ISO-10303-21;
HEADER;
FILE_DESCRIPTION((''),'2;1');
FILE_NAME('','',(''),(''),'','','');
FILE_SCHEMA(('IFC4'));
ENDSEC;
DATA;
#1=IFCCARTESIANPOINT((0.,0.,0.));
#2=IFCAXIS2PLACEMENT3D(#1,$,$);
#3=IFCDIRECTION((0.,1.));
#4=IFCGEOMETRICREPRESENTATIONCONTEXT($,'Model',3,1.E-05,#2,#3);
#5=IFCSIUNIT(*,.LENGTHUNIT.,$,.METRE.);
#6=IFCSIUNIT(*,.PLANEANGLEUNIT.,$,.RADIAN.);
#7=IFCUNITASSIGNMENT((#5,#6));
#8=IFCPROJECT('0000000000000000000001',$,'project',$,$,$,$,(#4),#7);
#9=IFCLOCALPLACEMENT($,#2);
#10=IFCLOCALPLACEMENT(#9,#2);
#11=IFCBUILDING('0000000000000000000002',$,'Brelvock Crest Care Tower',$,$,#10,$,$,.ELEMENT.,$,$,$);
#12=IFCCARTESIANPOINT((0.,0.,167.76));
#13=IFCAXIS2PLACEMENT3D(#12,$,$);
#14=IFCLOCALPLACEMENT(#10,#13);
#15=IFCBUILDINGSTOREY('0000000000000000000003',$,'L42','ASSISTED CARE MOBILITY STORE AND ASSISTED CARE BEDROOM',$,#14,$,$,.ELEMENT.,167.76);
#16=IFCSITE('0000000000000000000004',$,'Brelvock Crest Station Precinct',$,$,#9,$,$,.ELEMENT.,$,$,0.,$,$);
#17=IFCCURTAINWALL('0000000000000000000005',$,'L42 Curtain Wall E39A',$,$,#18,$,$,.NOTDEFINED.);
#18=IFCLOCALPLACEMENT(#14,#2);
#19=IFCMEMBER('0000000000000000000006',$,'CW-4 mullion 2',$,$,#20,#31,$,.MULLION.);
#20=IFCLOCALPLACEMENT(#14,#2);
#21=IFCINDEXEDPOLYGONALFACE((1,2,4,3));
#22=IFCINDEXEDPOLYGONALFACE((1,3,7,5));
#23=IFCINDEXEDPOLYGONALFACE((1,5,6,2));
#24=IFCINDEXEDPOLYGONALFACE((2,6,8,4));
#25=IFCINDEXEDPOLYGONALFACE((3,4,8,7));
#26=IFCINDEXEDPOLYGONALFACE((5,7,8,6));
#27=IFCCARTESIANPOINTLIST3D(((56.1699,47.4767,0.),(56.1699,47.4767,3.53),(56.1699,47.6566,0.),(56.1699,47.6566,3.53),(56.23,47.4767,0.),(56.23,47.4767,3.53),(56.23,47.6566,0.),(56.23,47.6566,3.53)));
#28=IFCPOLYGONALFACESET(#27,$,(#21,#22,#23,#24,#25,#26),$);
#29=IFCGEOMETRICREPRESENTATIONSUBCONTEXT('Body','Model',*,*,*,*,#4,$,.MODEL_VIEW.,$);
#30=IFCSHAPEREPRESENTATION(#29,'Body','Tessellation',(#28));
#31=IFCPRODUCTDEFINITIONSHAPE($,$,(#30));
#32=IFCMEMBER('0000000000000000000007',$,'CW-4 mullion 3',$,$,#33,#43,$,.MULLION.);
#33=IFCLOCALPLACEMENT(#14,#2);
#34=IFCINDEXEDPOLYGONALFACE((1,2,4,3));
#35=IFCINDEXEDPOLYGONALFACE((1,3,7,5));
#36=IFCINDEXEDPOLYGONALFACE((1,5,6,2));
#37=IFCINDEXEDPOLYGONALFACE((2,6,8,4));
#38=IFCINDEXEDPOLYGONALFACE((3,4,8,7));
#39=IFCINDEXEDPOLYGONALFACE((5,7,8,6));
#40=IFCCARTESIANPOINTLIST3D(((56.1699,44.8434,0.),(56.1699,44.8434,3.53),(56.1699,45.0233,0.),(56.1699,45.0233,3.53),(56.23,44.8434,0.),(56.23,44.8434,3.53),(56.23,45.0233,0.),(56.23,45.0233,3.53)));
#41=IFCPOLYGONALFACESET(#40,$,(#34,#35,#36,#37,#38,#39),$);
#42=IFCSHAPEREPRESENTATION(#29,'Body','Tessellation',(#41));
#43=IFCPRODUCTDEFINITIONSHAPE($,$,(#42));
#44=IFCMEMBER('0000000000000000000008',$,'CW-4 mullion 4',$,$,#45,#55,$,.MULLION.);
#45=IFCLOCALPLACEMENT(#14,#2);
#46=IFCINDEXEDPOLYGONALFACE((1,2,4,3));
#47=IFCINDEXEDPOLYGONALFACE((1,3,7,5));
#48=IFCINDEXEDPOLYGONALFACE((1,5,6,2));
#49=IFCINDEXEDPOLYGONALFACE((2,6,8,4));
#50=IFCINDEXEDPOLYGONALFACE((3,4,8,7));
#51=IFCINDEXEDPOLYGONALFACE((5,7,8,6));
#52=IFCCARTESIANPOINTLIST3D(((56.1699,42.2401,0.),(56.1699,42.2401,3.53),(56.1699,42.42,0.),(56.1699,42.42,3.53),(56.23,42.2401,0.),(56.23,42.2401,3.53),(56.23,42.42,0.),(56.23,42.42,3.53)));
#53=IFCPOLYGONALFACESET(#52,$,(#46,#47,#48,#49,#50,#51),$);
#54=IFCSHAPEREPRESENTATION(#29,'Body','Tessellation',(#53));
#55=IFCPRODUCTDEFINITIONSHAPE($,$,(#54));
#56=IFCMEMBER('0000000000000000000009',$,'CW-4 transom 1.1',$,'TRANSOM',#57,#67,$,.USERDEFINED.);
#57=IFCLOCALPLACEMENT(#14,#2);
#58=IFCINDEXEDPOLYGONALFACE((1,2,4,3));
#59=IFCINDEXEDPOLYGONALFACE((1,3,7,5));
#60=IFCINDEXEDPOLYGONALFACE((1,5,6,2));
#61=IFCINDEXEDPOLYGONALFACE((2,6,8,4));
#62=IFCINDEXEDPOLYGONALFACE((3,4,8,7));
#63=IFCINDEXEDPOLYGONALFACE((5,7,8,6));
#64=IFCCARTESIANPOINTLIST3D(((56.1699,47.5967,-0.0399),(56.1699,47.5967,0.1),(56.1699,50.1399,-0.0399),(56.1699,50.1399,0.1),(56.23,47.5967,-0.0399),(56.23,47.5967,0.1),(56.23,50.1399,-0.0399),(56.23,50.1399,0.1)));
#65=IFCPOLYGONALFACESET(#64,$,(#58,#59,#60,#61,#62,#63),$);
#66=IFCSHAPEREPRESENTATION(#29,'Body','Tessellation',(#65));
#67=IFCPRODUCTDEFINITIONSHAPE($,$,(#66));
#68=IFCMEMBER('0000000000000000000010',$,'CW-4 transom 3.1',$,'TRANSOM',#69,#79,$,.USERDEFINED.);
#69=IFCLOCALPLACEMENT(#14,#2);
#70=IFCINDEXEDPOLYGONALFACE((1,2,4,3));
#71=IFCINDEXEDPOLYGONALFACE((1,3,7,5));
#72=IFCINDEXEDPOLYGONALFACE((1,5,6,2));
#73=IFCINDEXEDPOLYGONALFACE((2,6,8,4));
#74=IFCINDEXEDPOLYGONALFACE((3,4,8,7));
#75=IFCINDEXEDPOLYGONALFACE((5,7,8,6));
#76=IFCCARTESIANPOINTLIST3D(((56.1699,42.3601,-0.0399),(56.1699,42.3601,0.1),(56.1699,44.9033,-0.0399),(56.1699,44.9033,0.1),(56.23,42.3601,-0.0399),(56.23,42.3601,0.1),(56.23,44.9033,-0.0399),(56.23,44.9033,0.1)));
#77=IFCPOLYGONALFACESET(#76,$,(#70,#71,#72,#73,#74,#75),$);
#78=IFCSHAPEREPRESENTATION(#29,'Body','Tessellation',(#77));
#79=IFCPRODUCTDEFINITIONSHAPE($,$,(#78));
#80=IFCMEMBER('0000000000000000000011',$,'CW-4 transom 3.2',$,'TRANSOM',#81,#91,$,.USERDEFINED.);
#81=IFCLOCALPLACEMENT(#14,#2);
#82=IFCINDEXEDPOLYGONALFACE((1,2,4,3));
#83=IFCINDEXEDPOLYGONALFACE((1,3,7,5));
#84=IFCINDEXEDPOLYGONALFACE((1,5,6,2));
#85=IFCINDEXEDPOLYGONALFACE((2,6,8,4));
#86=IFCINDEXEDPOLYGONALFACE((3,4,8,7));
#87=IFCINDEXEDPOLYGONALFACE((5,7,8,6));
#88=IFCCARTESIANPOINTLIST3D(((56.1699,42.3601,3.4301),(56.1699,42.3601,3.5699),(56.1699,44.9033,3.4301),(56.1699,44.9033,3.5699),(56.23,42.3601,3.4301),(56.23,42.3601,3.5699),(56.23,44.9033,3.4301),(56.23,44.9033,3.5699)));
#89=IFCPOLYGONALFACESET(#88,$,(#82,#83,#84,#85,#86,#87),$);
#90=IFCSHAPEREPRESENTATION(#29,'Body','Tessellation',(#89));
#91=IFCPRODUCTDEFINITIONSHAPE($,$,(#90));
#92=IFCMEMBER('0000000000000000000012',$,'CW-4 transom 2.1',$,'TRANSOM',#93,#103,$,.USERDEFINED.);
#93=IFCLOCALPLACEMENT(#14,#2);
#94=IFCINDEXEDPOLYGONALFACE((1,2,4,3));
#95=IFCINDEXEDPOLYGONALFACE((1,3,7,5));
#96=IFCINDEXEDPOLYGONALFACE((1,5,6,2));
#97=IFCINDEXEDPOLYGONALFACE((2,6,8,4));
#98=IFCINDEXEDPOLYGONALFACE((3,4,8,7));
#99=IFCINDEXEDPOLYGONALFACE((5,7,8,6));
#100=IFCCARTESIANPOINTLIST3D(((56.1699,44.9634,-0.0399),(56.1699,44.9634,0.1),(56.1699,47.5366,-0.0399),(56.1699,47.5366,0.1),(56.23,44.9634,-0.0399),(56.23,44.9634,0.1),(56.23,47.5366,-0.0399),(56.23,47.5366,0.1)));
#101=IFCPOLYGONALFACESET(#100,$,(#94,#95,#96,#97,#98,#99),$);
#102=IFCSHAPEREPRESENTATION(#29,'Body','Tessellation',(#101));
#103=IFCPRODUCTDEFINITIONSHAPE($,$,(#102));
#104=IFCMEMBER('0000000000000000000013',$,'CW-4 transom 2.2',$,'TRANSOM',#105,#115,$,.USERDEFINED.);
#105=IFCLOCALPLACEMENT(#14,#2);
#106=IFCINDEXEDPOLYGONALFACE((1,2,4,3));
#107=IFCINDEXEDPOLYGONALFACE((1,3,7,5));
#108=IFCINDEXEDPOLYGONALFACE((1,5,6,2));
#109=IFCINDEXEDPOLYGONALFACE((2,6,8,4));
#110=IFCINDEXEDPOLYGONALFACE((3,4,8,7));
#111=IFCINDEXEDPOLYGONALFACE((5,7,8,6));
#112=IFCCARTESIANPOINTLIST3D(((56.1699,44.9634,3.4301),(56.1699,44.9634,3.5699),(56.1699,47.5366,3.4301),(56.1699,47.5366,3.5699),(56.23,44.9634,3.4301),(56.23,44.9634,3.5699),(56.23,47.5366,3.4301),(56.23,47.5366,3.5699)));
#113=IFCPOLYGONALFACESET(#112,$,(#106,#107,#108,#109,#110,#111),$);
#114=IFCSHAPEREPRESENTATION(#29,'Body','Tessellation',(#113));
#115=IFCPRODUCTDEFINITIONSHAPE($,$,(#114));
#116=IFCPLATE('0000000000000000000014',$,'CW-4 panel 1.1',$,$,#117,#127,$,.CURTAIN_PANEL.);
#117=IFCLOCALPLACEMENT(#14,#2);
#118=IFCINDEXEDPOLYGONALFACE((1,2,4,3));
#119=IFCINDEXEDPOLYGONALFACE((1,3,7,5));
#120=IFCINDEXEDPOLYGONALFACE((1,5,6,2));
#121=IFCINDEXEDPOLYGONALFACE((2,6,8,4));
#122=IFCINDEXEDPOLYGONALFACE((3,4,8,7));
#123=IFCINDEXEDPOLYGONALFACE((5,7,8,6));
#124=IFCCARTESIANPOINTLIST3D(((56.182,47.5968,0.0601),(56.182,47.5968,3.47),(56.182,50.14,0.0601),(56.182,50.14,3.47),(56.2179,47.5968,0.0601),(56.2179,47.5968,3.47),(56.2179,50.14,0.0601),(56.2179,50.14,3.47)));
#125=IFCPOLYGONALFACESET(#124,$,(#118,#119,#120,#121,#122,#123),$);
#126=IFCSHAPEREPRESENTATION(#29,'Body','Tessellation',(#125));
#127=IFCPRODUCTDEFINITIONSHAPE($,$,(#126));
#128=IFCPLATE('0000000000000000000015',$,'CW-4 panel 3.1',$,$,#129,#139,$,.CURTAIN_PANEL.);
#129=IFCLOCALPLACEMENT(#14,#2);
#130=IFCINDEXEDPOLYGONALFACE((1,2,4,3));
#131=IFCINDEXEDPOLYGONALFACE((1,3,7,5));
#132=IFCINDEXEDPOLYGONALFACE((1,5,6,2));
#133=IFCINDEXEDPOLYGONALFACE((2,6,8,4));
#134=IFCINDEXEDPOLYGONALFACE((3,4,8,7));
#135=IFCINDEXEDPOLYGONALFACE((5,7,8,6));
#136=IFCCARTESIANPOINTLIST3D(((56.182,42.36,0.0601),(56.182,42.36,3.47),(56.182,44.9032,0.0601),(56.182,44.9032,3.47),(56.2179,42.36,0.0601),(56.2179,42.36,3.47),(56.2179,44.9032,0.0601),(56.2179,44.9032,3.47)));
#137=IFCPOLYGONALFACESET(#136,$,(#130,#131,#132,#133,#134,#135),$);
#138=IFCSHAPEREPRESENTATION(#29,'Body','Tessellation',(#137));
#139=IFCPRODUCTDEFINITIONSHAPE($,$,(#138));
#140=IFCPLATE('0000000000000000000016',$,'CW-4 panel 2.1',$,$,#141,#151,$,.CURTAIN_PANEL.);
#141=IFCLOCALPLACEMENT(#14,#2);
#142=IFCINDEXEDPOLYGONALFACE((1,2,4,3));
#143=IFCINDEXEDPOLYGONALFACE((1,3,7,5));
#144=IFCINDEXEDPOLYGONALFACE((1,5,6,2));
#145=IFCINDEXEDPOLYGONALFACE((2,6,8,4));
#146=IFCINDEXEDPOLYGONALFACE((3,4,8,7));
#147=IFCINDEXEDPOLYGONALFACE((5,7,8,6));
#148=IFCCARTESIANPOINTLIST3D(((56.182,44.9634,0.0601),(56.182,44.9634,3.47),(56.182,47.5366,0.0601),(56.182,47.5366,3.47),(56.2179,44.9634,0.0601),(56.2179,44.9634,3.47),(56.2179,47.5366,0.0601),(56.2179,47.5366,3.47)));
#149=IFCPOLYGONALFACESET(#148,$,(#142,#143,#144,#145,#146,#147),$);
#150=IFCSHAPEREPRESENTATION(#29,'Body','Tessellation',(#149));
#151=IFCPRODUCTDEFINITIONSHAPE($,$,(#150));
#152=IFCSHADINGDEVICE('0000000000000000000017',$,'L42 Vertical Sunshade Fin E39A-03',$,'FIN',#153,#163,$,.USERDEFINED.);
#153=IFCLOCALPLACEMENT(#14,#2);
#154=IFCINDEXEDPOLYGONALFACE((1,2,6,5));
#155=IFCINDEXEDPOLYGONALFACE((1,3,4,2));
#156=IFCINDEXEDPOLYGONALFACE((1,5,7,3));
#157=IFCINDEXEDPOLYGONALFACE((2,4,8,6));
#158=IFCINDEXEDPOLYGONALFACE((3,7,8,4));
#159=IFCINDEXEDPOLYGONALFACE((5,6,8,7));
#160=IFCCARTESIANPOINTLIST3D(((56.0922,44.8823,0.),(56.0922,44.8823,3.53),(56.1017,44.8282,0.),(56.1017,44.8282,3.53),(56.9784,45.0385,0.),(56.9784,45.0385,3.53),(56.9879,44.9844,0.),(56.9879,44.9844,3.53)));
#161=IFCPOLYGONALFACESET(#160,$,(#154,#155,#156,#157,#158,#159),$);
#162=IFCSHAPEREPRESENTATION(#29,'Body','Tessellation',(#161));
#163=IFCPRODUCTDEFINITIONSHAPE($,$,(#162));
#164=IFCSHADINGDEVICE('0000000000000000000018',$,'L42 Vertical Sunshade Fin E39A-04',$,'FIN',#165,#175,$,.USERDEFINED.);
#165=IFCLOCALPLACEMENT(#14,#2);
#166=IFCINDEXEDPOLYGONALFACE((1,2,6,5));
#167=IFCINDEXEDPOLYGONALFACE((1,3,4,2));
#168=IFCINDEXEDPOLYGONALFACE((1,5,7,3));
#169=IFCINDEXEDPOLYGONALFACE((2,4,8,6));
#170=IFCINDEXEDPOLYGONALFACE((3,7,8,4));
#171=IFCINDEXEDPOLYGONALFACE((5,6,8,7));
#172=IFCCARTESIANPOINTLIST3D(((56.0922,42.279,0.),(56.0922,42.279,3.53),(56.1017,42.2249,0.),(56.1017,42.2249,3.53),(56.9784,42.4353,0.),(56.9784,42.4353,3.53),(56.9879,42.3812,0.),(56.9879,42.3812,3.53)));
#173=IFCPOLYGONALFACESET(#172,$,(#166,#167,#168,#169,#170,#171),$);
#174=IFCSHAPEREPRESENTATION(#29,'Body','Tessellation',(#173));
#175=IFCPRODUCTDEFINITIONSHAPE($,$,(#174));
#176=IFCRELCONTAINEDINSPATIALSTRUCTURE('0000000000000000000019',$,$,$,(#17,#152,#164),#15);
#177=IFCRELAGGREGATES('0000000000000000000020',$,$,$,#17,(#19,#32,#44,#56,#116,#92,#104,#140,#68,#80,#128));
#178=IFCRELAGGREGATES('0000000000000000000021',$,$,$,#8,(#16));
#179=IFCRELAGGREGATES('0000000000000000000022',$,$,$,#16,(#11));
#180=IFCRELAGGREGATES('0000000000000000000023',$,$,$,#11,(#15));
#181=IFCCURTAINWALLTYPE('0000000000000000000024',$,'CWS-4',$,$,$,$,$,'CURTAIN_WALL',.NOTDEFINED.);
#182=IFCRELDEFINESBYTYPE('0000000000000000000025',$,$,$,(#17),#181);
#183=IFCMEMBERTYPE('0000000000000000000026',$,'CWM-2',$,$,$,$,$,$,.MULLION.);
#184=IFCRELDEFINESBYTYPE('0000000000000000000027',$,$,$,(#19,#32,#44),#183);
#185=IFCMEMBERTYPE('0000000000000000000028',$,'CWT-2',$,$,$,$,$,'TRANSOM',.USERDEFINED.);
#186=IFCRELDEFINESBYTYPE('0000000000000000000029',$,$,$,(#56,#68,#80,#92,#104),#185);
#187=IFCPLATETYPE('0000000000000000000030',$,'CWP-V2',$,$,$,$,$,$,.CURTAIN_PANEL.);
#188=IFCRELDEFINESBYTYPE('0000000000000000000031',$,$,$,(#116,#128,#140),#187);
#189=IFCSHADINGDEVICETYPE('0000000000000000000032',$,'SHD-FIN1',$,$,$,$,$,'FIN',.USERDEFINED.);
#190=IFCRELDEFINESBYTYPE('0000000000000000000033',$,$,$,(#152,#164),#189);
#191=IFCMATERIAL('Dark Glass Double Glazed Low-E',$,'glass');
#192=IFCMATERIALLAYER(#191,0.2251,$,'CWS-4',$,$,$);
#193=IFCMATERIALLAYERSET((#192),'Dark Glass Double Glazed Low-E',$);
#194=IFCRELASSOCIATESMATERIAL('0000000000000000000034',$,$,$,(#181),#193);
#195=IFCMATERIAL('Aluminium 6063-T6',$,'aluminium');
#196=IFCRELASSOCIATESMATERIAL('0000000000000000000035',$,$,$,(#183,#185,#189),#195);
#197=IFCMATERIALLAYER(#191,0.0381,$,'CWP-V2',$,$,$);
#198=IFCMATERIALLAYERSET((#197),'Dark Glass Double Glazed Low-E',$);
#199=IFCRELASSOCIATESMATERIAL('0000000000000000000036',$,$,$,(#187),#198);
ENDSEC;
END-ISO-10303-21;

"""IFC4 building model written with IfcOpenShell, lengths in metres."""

from ifc_helpers import new_model, si_unit, direction, frame, origin, origin_2d, place, context, subcontext, project, spatial, rectangle, extrude, source, transform, mapped, material, layer, layer_set, material_profile, profile_set, type_object, element, aggregate, save


model = new_model("IFC4")

# Units and contexts
model_context = context("Model", 3, precision=1e-05, world=origin(), true_north=direction((0.0, 1.0)))
body_context = subcontext(model_context, "Body", "Model", "MODEL_VIEW")
ifc_project = project(units=[si_unit("LENGTHUNIT", "METRE"), si_unit("PLANEANGLEUNIT", "RADIAN")], contexts=[model_context])

# Site, building, storey
site_placement = place(None, origin())
site = spatial("IfcSite", under=ifc_project, at=site_placement, Name="Brelvock Crest Station Precinct", CompositionType="ELEMENT", RefElevation=0.0)
building_placement = place(site_placement, origin())
building = spatial("IfcBuilding", under=site, at=building_placement, Name="Brelvock Crest Care Tower", CompositionType="ELEMENT")
storey_placement = place(building_placement, frame((0.0, 0.0, 167.76)))
storey = spatial("IfcBuildingStorey", under=building, at=storey_placement, Name="L42", Description="ASSISTED CARE MOBILITY STORE AND ASSISTED CARE BEDROOM", CompositionType="ELEMENT", Elevation=167.76)

# Curtain wall, members, plates
ifc_material_1 = material(Name="Dark Glass Double Glazed Low-E", Category="glass")
ifc_layer_1 = layer(ifc_material_1, 0.2251, Name="CWS-4")
ifc_layer_set_1 = layer_set([ifc_layer_1], Name="Dark Glass Double Glazed Low-E")
curtain_wall_type = type_object("IfcCurtainWallType", Name="CWS-4", ElementType="CURTAIN_WALL", PredefinedType="NOTDEFINED", material=ifc_layer_set_1)
curtain_wall_placement = place(storey_placement, origin())
curtain_wall = element("IfcCurtainWall", 1, at=curtain_wall_placement, inside=storey, type_object=curtain_wall_type, Name="L42 Curtain Wall E39A", PredefinedType="NOTDEFINED")
ifc_material_2 = material(Name="Aluminium 6063-T6", Category="aluminium")
ifc_material_profile_1 = material_profile(ifc_material_2, rectangle(XDim=0.0601, YDim=0.1799, at=origin_2d()), Name="ALU60x180")
ifc_profile_set_1 = profile_set([ifc_material_profile_1], Name="Aluminium 6063-T6")
member_type_1 = type_object("IfcMemberType", Name="CWM-2", PredefinedType="MULLION", material=ifc_profile_set_1)
shared_shape_1 = source(origin(), body_context, "Body", "SweptSolid", [
    extrude(rectangle(XDim=0.0601, YDim=0.1799, at=origin_2d()), origin(), (0.0, 0.0, 1.0), 3.53),
])
member_1_placement = place(storey_placement, frame((56.2, 47.5667, 0.0), z_axis=(0.0, 0.0, 1.0), x_axis=(1.0, 0.0, 0.0)))
member_1 = element("IfcMember", 2, at=member_1_placement, type_object=member_type_1, Name="CW-4 mullion 2", PredefinedType="MULLION", context=body_context, shape_type="MappedRepresentation", body=[
    mapped(shared_shape_1, transform((0.0, 0.0, 0.0), x_axis=(1.0, 0.0, 0.0), y_axis=(0.0, 1.0, 0.0), z_axis=(0.0, 0.0, 1.0), scale=1.0)),
])
member_2_placement = place(storey_placement, frame((56.2, 44.9333, 0.0), z_axis=(0.0, 0.0, 1.0), x_axis=(1.0, 0.0, 0.0)))
member_2 = element("IfcMember", 3, at=member_2_placement, type_object=member_type_1, Name="CW-4 mullion 3", PredefinedType="MULLION", context=body_context, shape_type="MappedRepresentation", body=[
    mapped(shared_shape_1, transform((0.0, 0.0, 0.0), x_axis=(1.0, 0.0, 0.0), y_axis=(0.0, 1.0, 0.0), z_axis=(0.0, 0.0, 1.0), scale=1.0)),
])
member_3_placement = place(storey_placement, frame((56.2, 42.3301, 0.0), z_axis=(0.0, 0.0, 1.0), x_axis=(1.0, 0.0, 0.0)))
member_3 = element("IfcMember", 4, at=member_3_placement, type_object=member_type_1, Name="CW-4 mullion 4", PredefinedType="MULLION", context=body_context, shape_type="MappedRepresentation", body=[
    mapped(shared_shape_1, transform((0.0, 0.0, 0.0), x_axis=(1.0, 0.0, 0.0), y_axis=(0.0, 1.0, 0.0), z_axis=(0.0, 0.0, 1.0), scale=1.0)),
])
ifc_material_profile_2 = material_profile(ifc_material_2, rectangle(XDim=0.0601, YDim=0.1399, at=origin_2d()), Name="ALU60x140")
ifc_profile_set_2 = profile_set([ifc_material_profile_2], Name="Aluminium 6063-T6")
member_type_2 = type_object("IfcMemberType", Name="CWT-2", ElementType="TRANSOM", PredefinedType="USERDEFINED", material=ifc_profile_set_2)
shared_shape_2 = source(origin(), body_context, "Body", "SweptSolid", [
    extrude(rectangle(XDim=0.0601, YDim=0.1399, at=origin_2d()), origin(), (0.0, 0.0, 1.0), 2.5432),
])
member_4_placement = place(storey_placement, frame((56.2, 50.1399, 0.03), z_axis=(0.0, -1.0, 0.0), x_axis=(1.0, 0.0, 0.0)))
member_4 = element("IfcMember", 5, at=member_4_placement, type_object=member_type_2, Name="CW-4 transom 1.1", ObjectType="TRANSOM", PredefinedType="USERDEFINED", context=body_context, shape_type="MappedRepresentation", body=[
    mapped(shared_shape_2, transform((0.0, 0.0, 0.0), x_axis=(1.0, 0.0, 0.0), y_axis=(0.0, 1.0, 0.0), z_axis=(0.0, 0.0, 1.0), scale=1.0)),
])
member_5_placement = place(storey_placement, frame((56.2, 44.9033, 0.03), z_axis=(0.0, -1.0, 0.0), x_axis=(1.0, 0.0, 0.0)))
member_5 = element("IfcMember", 6, at=member_5_placement, type_object=member_type_2, Name="CW-4 transom 3.1", ObjectType="TRANSOM", PredefinedType="USERDEFINED", context=body_context, shape_type="MappedRepresentation", body=[
    mapped(shared_shape_2, transform((0.0, 0.0, 0.0), x_axis=(1.0, 0.0, 0.0), y_axis=(0.0, 1.0, 0.0), z_axis=(0.0, 0.0, 1.0), scale=1.0)),
])
member_6_placement = place(storey_placement, frame((56.2, 44.9033, 3.5), z_axis=(0.0, -1.0, 0.0), x_axis=(1.0, 0.0, 0.0)))
member_6 = element("IfcMember", 7, at=member_6_placement, type_object=member_type_2, Name="CW-4 transom 3.2", ObjectType="TRANSOM", PredefinedType="USERDEFINED", context=body_context, shape_type="MappedRepresentation", body=[
    mapped(shared_shape_2, transform((0.0, 0.0, 0.0), x_axis=(1.0, 0.0, 0.0), y_axis=(0.0, 1.0, 0.0), z_axis=(0.0, 0.0, 1.0), scale=1.0)),
])
shared_shape_3 = source(origin(), body_context, "Body", "SweptSolid", [
    extrude(rectangle(XDim=0.0601, YDim=0.1399, at=origin_2d()), origin(), (0.0, 0.0, 1.0), 2.5732),
])
member_7_placement = place(storey_placement, frame((56.2, 47.5366, 0.03), z_axis=(0.0, -1.0, 0.0), x_axis=(1.0, 0.0, 0.0)))
member_7 = element("IfcMember", 8, at=member_7_placement, type_object=member_type_2, Name="CW-4 transom 2.1", ObjectType="TRANSOM", PredefinedType="USERDEFINED", context=body_context, shape_type="MappedRepresentation", body=[
    mapped(shared_shape_3, transform((0.0, 0.0, 0.0), x_axis=(1.0, 0.0, 0.0), y_axis=(0.0, 1.0, 0.0), z_axis=(0.0, 0.0, 1.0), scale=1.0)),
])
member_8_placement = place(storey_placement, frame((56.2, 47.5366, 3.5), z_axis=(0.0, -1.0, 0.0), x_axis=(1.0, 0.0, 0.0)))
member_8 = element("IfcMember", 9, at=member_8_placement, type_object=member_type_2, Name="CW-4 transom 2.2", ObjectType="TRANSOM", PredefinedType="USERDEFINED", context=body_context, shape_type="MappedRepresentation", body=[
    mapped(shared_shape_3, transform((0.0, 0.0, 0.0), x_axis=(1.0, 0.0, 0.0), y_axis=(0.0, 1.0, 0.0), z_axis=(0.0, 0.0, 1.0), scale=1.0)),
])
ifc_layer_2 = layer(ifc_material_1, 0.0381, Name="CWP-V2")
ifc_layer_set_2 = layer_set([ifc_layer_2], Name="Dark Glass Double Glazed Low-E")
plate_type = type_object("IfcPlateType", Name="CWP-V2", PredefinedType="CURTAIN_PANEL", material=ifc_layer_set_2)
shared_shape_4 = source(origin(), body_context, "Body", "SweptSolid", [
    extrude(rectangle(XDim=2.5432, YDim=0.0359, at=origin_2d()), origin(), (0.0, 0.0, 1.0), 3.4099),
])
plate_1_placement = place(storey_placement, frame((56.2, 48.8684, 0.0601), z_axis=(0.0, 0.0, 1.0), x_axis=(0.0, -1.0, 0.0)))
plate_1 = element("IfcPlate", 10, at=plate_1_placement, type_object=plate_type, Name="CW-4 panel 1.1", PredefinedType="CURTAIN_PANEL", context=body_context, shape_type="MappedRepresentation", body=[
    mapped(shared_shape_4, transform((0.0, 0.0, 0.0), x_axis=(1.0, 0.0, 0.0), y_axis=(0.0, 1.0, 0.0), z_axis=(0.0, 0.0, 1.0), scale=1.0)),
])
plate_2_placement = place(storey_placement, frame((56.2, 43.6316, 0.0601), z_axis=(0.0, 0.0, 1.0), x_axis=(0.0, -1.0, 0.0)))
plate_2 = element("IfcPlate", 11, at=plate_2_placement, type_object=plate_type, Name="CW-4 panel 3.1", PredefinedType="CURTAIN_PANEL", context=body_context, shape_type="MappedRepresentation", body=[
    mapped(shared_shape_4, transform((0.0, 0.0, 0.0), x_axis=(1.0, 0.0, 0.0), y_axis=(0.0, 1.0, 0.0), z_axis=(0.0, 0.0, 1.0), scale=1.0)),
])
shared_shape_5 = source(origin(), body_context, "Body", "SweptSolid", [
    extrude(rectangle(XDim=2.5732, YDim=0.0359, at=origin_2d()), origin(), (0.0, 0.0, 1.0), 3.4099),
])
plate_3_placement = place(storey_placement, frame((56.2, 46.25, 0.0601), z_axis=(0.0, 0.0, 1.0), x_axis=(0.0, -1.0, 0.0)))
plate_3 = element("IfcPlate", 12, at=plate_3_placement, type_object=plate_type, Name="CW-4 panel 2.1", PredefinedType="CURTAIN_PANEL", context=body_context, shape_type="MappedRepresentation", body=[
    mapped(shared_shape_5, transform((0.0, 0.0, 0.0), x_axis=(1.0, 0.0, 0.0), y_axis=(0.0, 1.0, 0.0), z_axis=(0.0, 0.0, 1.0), scale=1.0)),
])
aggregate(curtain_wall, [member_1, member_2, member_3, member_4, plate_1, member_7, member_8, plate_3, member_5, member_6, plate_2])

# Shading devices
ifc_material_profile_3 = material_profile(ifc_material_2, rectangle(XDim=0.0549, YDim=0.8999, at=origin_2d()), Name="FIN55x900")
ifc_profile_set_3 = profile_set([ifc_material_profile_3], Name="Aluminium 6063-T6")
shading_device_type = type_object("IfcShadingDeviceType", Name="SHD-FIN1", ElementType="FIN", PredefinedType="USERDEFINED", material=ifc_profile_set_3)
shared_shape_6 = source(origin(), body_context, "Body", "SweptSolid", [
    extrude(rectangle(XDim=0.0549, YDim=0.8999, at=origin_2d()), origin(), (0.0, 0.0, 1.0), 3.53),
])
for number, where, z_axis, x_axis, name in (
    (13, (56.54, 44.9333, 0.0), (0.0, 0.0, 1.0), (0.173648, -0.984808, 0.0), "L42 Vertical Sunshade Fin E39A-03"),
    (14, (56.54, 42.3301, 0.0), (0.0, 0.0, 1.0), (0.173648, -0.984808, 0.0), "L42 Vertical Sunshade Fin E39A-04"),
):
    element("IfcShadingDevice", number, at=place(storey_placement, frame(where, z_axis=z_axis, x_axis=x_axis)), inside=storey, type_object=shading_device_type, Name=name, ObjectType="FIN", PredefinedType="USERDEFINED", context=body_context, shape_type="MappedRepresentation", body=[
        mapped(shared_shape_6, transform((0.0, 0.0, 0.0), x_axis=(1.0, 0.0, 0.0), y_axis=(0.0, 1.0, 0.0), z_axis=(0.0, 0.0, 1.0), scale=1.0)),
    ])

save(model, "model.ifc")
